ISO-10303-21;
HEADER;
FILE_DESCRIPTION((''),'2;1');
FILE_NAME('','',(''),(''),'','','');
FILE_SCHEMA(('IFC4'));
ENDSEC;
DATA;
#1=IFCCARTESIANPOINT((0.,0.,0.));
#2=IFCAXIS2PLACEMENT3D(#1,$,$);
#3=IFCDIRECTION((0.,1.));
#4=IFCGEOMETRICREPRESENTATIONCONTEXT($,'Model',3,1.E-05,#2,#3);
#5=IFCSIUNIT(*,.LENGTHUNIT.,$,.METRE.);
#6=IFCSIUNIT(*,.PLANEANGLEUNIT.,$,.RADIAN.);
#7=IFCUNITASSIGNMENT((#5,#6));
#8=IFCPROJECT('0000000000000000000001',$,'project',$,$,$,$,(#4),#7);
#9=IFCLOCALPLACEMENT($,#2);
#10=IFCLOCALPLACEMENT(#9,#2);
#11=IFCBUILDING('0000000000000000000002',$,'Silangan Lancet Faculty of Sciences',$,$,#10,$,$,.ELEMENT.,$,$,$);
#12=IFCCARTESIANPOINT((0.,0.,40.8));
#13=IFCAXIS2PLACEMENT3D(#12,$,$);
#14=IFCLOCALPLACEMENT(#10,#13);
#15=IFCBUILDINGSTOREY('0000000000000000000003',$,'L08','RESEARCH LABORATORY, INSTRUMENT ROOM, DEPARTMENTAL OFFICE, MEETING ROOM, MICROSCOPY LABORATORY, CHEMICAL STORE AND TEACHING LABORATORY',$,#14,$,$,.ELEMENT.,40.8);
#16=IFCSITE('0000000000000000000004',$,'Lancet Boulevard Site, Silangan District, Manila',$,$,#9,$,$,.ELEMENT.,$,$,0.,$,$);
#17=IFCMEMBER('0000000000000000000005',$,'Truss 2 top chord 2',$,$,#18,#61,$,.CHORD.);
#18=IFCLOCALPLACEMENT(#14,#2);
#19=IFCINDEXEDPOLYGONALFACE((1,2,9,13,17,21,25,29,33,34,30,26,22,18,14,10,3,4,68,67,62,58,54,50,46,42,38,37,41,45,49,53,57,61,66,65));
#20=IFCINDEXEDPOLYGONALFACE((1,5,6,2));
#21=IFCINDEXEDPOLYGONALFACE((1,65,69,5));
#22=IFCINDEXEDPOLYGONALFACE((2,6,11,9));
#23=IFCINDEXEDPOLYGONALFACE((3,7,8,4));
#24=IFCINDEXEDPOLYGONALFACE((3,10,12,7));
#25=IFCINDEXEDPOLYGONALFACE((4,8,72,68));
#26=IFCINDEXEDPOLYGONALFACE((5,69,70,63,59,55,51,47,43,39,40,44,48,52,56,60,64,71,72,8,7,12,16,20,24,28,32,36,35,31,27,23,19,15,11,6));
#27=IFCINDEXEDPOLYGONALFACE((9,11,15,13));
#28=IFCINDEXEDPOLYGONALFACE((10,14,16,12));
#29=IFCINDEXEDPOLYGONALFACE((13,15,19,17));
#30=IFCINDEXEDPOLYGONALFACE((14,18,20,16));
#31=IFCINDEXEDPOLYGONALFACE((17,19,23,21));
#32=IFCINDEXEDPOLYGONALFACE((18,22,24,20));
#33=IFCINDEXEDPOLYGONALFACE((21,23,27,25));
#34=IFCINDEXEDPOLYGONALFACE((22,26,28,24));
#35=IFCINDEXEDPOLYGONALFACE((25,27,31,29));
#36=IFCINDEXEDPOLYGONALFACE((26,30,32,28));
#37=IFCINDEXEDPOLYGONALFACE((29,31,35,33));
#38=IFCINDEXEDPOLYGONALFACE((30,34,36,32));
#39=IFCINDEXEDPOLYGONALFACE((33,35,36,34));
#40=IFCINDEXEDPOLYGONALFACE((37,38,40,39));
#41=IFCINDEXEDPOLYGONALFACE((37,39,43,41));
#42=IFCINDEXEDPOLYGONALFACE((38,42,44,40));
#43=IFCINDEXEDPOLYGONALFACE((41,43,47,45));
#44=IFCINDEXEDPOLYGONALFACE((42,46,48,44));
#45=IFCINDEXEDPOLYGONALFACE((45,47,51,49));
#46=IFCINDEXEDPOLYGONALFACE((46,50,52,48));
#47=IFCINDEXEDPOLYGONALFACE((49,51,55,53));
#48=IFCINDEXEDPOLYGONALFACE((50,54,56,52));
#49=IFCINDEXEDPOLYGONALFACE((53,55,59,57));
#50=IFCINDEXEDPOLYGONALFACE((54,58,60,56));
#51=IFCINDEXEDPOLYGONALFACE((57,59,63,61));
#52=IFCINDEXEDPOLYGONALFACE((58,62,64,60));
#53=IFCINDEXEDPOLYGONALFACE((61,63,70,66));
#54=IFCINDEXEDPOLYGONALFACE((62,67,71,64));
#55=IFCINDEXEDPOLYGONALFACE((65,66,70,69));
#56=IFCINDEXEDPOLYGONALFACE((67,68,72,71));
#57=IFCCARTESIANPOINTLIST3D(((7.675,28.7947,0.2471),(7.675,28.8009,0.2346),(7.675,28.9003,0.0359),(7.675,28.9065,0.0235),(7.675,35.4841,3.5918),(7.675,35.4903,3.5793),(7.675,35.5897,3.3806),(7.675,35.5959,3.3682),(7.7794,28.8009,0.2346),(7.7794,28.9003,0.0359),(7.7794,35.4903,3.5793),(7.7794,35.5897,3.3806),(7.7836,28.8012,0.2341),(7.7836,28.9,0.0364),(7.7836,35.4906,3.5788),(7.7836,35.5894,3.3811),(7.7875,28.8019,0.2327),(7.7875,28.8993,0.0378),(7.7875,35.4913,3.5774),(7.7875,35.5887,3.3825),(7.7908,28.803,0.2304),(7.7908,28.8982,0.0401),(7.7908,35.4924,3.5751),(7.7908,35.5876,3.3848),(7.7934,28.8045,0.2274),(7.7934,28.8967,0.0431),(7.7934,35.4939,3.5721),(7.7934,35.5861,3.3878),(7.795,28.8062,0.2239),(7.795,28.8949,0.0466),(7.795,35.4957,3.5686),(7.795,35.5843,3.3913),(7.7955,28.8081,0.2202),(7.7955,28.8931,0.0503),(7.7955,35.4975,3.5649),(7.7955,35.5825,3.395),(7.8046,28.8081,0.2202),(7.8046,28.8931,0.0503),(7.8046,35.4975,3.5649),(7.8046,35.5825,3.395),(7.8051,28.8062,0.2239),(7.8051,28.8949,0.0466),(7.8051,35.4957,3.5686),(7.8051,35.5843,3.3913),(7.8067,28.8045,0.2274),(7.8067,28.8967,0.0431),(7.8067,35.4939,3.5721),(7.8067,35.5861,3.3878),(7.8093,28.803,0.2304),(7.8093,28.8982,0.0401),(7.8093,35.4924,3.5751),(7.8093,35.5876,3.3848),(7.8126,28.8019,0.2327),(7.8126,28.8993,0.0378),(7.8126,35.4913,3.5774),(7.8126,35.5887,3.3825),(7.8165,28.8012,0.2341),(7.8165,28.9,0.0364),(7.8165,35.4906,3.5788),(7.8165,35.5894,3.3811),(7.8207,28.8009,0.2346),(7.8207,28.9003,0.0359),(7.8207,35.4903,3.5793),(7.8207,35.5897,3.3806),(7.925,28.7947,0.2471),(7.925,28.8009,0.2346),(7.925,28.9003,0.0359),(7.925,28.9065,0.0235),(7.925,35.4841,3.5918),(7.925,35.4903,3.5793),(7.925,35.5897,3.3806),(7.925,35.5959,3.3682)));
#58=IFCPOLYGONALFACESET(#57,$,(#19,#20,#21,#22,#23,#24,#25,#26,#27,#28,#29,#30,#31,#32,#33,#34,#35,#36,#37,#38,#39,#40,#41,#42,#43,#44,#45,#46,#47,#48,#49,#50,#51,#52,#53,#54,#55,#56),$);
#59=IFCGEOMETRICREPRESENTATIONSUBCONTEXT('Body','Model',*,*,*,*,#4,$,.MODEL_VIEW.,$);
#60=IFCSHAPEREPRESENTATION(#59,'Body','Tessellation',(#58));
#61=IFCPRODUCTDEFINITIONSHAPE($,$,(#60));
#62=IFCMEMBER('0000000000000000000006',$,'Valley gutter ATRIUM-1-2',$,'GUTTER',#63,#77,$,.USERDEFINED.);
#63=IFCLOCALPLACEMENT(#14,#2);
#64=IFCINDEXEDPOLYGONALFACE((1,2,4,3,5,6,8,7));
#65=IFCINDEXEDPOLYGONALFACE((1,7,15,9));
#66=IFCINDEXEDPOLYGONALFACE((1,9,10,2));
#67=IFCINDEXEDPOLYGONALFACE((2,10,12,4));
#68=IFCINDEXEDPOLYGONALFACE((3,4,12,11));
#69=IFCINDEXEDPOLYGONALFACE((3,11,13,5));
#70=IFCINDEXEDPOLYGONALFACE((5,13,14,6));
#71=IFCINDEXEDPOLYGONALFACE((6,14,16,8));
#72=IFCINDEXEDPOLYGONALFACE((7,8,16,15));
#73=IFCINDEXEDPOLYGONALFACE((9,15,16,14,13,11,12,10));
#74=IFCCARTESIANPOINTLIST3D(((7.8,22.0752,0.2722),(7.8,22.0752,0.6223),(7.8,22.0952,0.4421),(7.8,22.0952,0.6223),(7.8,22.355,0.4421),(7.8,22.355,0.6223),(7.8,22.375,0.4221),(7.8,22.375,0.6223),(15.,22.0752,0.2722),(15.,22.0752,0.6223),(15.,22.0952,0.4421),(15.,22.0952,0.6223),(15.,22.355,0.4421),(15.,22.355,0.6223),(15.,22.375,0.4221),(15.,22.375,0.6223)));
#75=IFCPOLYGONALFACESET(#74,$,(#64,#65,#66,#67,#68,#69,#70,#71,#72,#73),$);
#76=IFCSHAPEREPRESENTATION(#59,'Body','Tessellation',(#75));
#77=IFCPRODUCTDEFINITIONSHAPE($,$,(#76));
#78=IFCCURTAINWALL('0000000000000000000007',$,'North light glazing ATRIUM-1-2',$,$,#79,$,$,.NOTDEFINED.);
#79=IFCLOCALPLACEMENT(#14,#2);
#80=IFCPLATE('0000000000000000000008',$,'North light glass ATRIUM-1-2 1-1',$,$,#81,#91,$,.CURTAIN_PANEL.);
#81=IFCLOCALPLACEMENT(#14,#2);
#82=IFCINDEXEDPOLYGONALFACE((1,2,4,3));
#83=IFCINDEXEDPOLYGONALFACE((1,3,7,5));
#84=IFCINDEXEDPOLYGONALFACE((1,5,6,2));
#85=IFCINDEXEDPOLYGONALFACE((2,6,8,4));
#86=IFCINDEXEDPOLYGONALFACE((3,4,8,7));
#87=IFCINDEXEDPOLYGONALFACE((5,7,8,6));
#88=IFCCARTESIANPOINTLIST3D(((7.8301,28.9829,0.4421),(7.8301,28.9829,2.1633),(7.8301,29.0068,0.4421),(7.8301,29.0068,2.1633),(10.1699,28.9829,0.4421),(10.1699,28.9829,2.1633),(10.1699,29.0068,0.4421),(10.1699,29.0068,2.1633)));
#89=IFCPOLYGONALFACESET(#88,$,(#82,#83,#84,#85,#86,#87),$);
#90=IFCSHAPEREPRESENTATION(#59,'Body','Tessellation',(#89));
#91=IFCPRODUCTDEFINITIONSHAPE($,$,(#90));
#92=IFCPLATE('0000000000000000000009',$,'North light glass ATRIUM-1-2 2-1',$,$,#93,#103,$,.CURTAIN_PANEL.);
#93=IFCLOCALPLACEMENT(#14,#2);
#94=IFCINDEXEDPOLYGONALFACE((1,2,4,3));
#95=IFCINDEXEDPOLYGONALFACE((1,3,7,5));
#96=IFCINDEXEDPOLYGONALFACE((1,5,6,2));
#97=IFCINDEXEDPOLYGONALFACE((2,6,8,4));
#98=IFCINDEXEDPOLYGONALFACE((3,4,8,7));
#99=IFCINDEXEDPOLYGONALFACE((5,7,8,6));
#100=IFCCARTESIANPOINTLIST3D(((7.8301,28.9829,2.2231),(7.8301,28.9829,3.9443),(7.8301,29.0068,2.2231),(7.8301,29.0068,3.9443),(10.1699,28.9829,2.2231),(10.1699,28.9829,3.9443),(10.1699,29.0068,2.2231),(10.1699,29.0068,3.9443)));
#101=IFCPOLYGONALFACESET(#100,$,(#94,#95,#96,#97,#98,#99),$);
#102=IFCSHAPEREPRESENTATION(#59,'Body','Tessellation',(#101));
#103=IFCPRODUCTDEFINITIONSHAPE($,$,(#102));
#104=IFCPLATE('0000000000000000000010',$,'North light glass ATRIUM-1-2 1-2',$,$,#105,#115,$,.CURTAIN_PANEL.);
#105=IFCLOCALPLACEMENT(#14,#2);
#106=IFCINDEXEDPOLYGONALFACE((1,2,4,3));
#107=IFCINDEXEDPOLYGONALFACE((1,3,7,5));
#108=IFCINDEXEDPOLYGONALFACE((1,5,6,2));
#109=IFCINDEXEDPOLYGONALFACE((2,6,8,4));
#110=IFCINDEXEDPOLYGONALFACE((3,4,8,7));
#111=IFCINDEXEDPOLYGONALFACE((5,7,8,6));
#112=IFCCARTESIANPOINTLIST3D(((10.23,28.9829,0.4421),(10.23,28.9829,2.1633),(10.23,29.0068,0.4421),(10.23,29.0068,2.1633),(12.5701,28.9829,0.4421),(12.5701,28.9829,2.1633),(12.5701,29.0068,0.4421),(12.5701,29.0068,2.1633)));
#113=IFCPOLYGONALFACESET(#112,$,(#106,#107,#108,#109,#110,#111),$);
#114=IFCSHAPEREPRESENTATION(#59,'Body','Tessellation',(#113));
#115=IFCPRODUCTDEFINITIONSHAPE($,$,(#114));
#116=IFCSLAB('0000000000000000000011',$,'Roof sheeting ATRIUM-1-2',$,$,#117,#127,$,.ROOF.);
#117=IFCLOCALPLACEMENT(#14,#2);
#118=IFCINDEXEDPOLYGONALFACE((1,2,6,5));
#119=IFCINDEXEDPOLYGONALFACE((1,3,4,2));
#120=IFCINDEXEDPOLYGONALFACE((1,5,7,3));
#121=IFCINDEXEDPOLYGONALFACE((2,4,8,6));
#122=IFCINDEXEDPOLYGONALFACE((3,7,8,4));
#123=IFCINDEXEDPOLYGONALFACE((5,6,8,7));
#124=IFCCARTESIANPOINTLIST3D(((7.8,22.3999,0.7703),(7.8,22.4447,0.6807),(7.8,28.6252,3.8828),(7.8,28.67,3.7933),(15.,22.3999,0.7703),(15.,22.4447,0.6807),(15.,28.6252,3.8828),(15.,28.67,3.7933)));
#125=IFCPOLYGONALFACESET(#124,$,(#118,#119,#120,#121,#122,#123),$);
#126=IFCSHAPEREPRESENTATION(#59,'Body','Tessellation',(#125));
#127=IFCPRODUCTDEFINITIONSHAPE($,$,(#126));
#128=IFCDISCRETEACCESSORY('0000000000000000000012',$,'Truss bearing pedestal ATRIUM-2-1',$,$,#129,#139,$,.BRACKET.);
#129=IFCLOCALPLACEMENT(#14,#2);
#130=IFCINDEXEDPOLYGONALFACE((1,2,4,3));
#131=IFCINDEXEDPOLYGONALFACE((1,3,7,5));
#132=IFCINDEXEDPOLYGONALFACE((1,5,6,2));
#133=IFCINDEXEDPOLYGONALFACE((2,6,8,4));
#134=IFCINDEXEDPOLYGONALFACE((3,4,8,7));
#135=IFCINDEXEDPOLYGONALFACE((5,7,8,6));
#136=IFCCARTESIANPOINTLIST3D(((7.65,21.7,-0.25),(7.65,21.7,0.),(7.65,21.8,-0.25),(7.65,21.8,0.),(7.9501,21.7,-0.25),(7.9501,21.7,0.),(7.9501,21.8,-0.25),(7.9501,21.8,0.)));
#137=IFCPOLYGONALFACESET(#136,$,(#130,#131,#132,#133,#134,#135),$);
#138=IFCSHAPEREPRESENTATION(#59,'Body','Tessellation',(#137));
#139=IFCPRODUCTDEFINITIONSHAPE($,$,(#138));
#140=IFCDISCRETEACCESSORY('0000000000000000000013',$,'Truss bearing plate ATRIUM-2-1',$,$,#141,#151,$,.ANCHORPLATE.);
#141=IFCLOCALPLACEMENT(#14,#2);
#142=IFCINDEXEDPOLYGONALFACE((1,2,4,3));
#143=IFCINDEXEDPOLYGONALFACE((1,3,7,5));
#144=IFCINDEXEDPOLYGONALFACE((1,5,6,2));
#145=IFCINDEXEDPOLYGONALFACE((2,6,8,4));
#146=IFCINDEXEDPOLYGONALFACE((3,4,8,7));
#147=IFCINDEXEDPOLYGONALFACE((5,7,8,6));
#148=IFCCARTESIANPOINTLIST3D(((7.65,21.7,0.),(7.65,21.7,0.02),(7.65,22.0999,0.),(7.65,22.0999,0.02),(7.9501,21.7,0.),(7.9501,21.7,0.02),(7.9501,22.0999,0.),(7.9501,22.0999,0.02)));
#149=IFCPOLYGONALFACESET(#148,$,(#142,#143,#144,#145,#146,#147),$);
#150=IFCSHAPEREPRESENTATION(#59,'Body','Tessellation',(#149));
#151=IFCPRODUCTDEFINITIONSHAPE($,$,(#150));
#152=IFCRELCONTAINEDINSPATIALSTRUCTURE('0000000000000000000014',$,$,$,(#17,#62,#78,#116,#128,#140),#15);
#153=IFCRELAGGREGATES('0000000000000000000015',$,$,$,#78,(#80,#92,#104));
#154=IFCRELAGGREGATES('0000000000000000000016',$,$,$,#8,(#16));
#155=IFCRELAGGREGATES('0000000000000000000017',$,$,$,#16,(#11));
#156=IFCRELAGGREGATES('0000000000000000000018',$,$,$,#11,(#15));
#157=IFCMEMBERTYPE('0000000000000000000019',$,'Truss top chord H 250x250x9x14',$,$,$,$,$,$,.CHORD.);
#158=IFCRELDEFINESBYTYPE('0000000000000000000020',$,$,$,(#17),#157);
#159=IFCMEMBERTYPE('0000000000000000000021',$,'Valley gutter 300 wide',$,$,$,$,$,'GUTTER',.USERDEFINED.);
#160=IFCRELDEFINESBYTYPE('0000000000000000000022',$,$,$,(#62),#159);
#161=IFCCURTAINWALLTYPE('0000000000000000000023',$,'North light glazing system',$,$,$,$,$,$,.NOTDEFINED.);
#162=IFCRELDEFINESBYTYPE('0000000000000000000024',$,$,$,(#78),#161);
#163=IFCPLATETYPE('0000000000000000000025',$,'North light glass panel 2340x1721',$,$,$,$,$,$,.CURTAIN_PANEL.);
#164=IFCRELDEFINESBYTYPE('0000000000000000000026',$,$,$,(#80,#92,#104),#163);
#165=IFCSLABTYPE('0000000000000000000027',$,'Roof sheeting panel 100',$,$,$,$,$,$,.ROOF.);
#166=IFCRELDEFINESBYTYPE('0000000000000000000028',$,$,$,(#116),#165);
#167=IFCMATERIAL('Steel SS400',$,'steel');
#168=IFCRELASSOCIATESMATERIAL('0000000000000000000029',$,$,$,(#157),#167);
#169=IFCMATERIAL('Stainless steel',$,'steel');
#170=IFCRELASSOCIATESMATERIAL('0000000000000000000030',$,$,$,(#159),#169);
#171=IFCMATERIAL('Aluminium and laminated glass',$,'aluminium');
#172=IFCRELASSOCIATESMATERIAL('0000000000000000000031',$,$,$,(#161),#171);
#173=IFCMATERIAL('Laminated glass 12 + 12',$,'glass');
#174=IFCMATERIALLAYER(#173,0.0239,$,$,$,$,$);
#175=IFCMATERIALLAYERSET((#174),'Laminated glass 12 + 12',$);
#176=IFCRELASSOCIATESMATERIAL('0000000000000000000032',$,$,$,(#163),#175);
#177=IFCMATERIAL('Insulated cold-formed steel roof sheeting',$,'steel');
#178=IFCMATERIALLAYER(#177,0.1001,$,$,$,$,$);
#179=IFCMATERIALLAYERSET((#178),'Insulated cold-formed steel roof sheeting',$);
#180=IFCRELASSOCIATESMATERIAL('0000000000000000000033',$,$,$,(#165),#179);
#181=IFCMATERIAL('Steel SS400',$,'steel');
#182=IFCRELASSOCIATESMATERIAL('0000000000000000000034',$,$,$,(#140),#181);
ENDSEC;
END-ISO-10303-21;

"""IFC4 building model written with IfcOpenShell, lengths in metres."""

from ifc_helpers import new_model, si_unit, direction, frame, origin, origin_2d, place, context, subcontext, project, spatial, polyline, rectangle, i_section, outline, extrude, material, layer, layer_set, material_profile, profile_set, type_object, element, aggregate, save


model = new_model("IFC4")

# Units and contexts
model_context = context("Model", 3, precision=1e-05, world=origin(), true_north=direction((0.0, 1.0)))
body_context = subcontext(model_context, "Body", "Model", "MODEL_VIEW")
ifc_project = project(units=[si_unit("LENGTHUNIT", "METRE"), si_unit("PLANEANGLEUNIT", "RADIAN")], contexts=[model_context])

# Site, building, storey
site_placement = place(None, origin())
site = spatial("IfcSite", under=ifc_project, at=site_placement, Name="Lancet Boulevard Site, Silangan District, Manila", CompositionType="ELEMENT", RefElevation=0.0)
building_placement = place(site_placement, origin())
building = spatial("IfcBuilding", under=site, at=building_placement, Name="Silangan Lancet Faculty of Sciences", CompositionType="ELEMENT")
storey_placement = place(building_placement, frame((0.0, 0.0, 40.8)))
storey = spatial("IfcBuildingStorey", under=building, at=storey_placement, Name="L08", Description="RESEARCH LABORATORY, INSTRUMENT ROOM, DEPARTMENTAL OFFICE, MEETING ROOM, MICROSCOPY LABORATORY, CHEMICAL STORE AND TEACHING LABORATORY", CompositionType="ELEMENT", Elevation=40.8)

# Members
ifc_material_1 = material(Name="Steel SS400", Category="steel")
ifc_material_profile_1 = material_profile(ifc_material_1, i_section(OverallWidth=0.25, OverallDepth=0.25, WebThickness=0.009, FlangeThickness=0.0139, FilletRadius=0.0161, at=origin_2d()), Name="H 250x250x9x14")
ifc_profile_set_1 = profile_set([ifc_material_profile_1], Name="Steel SS400")
member_type_1 = type_object("IfcMemberType", Name="Truss top chord H 250x250x9x14", PredefinedType="CHORD", material=ifc_profile_set_1)
for number, where, z_axis, x_axis, name in (
    (1, (7.8, 28.8506, 0.1353), (0.0, 0.894427, 0.447214), (-1.0, 0.0, 0.0), "Truss 2 top chord 2"),
):
    element("IfcMember", number, at=place(storey_placement, frame(where, z_axis=z_axis, x_axis=x_axis)), inside=storey, type_object=member_type_1, Name=name, PredefinedType="CHORD", context=body_context, shape_type="SweptSolid", body=[
        extrude(i_section(OverallWidth=0.25, OverallDepth=0.25, WebThickness=0.009, FlangeThickness=0.0139, FilletRadius=0.0161, at=origin_2d()), origin(), (0.0, 0.0, 1.0), 7.479),
    ])
ifc_material_2 = material(Name="Stainless steel", Category="steel")
ifc_material_profile_2 = material_profile(ifc_material_2, outline(polyline([(-0.1499, 0.0), (0.1499, 0.1499), (0.1499, 0.3501), (0.1299, 0.3501), (0.1299, 0.1699), (-0.1299, 0.1699), (-0.1299, 0.3501), (-0.1499, 0.3501), (-0.1499, 0.0)])), Name="valley gutter")
ifc_profile_set_2 = profile_set([ifc_material_profile_2], Name="Stainless steel")
member_type_2 = type_object("IfcMemberType", Name="Valley gutter 300 wide", ElementType="GUTTER", PredefinedType="USERDEFINED", material=ifc_profile_set_2)
member_1_placement = place(storey_placement, frame((7.8, 22.2251, 0.2722), z_axis=(1.0, 0.0, 0.0), x_axis=(0.0, 1.0, 0.0)))
element("IfcMember", 2, at=member_1_placement, inside=storey, type_object=member_type_2, Name="Valley gutter ATRIUM-1-2", ObjectType="GUTTER", PredefinedType="USERDEFINED", context=body_context, shape_type="SweptSolid", body=[
    extrude(outline(polyline([(-0.1499, 0.0), (0.1499, 0.1499), (0.1499, 0.3501), (0.1299, 0.3501), (0.1299, 0.1699), (-0.1299, 0.1699), (-0.1299, 0.3501), (-0.1499, 0.3501), (-0.1499, 0.0)])), origin(), (0.0, 0.0, 1.0), 7.2),
])

# Curtain wall, plates
ifc_material_3 = material(Name="Aluminium and laminated glass", Category="aluminium")
curtain_wall_type = type_object("IfcCurtainWallType", Name="North light glazing system", PredefinedType="NOTDEFINED", material=ifc_material_3)
curtain_wall_placement = place(storey_placement, origin())
curtain_wall = element("IfcCurtainWall", 3, at=curtain_wall_placement, inside=storey, type_object=curtain_wall_type, Name="North light glazing ATRIUM-1-2", PredefinedType="NOTDEFINED")
ifc_material_4 = material(Name="Laminated glass 12 + 12", Category="glass")
ifc_layer_1 = layer(ifc_material_4, 0.0239)
ifc_layer_set_1 = layer_set([ifc_layer_1], Name="Laminated glass 12 + 12")
plate_type = type_object("IfcPlateType", Name="North light glass panel 2340x1721", PredefinedType="CURTAIN_PANEL", material=ifc_layer_set_1)
plate_1_placement = place(storey_placement, frame((7.8301, 28.9829, 0.4421), z_axis=(0.0, -1.0, 0.0), x_axis=(1.0, 0.0, 0.0)))
plate_1 = element("IfcPlate", 4, at=plate_1_placement, type_object=plate_type, Name="North light glass ATRIUM-1-2 1-1", PredefinedType="CURTAIN_PANEL", context=body_context, shape_type="SweptSolid", body=[
    extrude(outline(polyline([(0.0, 0.0), (2.3398, 0.0), (2.3398, 1.7212), (0.0, 1.7212), (0.0, 0.0)])), origin(), (0.0, 0.0, -1.0), 0.0239),
])
plate_2_placement = place(storey_placement, frame((7.8301, 28.9829, 2.2231), z_axis=(0.0, -1.0, 0.0), x_axis=(1.0, 0.0, 0.0)))
plate_2 = element("IfcPlate", 5, at=plate_2_placement, type_object=plate_type, Name="North light glass ATRIUM-1-2 2-1", PredefinedType="CURTAIN_PANEL", context=body_context, shape_type="SweptSolid", body=[
    extrude(outline(polyline([(0.0, 0.0), (2.3398, 0.0), (2.3398, 1.7212), (0.0, 1.7212), (0.0, 0.0)])), origin(), (0.0, 0.0, -1.0), 0.0239),
])
plate_3_placement = place(storey_placement, frame((10.23, 28.9829, 0.4421), z_axis=(0.0, -1.0, 0.0), x_axis=(1.0, 0.0, 0.0)))
plate_3 = element("IfcPlate", 6, at=plate_3_placement, type_object=plate_type, Name="North light glass ATRIUM-1-2 1-2", PredefinedType="CURTAIN_PANEL", context=body_context, shape_type="SweptSolid", body=[
    extrude(outline(polyline([(0.0, 0.0), (2.3401, 0.0), (2.3401, 1.7212), (0.0, 1.7212), (0.0, 0.0)])), origin(), (0.0, 0.0, -1.0), 0.0239),
])
aggregate(curtain_wall, [plate_1, plate_2, plate_3])

# Slab
ifc_material_5 = material(Name="Insulated cold-formed steel roof sheeting", Category="steel")
ifc_layer_2 = layer(ifc_material_5, 0.1001)
ifc_layer_set_2 = layer_set([ifc_layer_2], Name="Insulated cold-formed steel roof sheeting")
slab_type = type_object("IfcSlabType", Name="Roof sheeting panel 100", PredefinedType="ROOF", material=ifc_layer_set_2)
slab_placement = place(storey_placement, frame((7.8, 22.3999, 0.7703), z_axis=(0.0, -0.4472, 0.894434), x_axis=(1.0, 0.0, 0.0)))
element("IfcSlab", 7, at=slab_placement, inside=storey, type_object=slab_type, Name="Roof sheeting ATRIUM-1-2", PredefinedType="ROOF", context=body_context, shape_type="SweptSolid", body=[
    extrude(outline(polyline([(0.0, 0.0), (7.2, 0.0), (7.2, 6.9601), (0.0, 6.9601), (0.0, 0.0)])), origin(), (0.0, 0.0, -1.0), 0.1001),
])

# Discrete accessories
discrete_accessory_1_placement = place(storey_placement, frame((7.8, 21.75, -0.25), z_axis=(0.0, 0.0, 1.0), x_axis=(1.0, 0.0, 0.0)))
element("IfcDiscreteAccessory", 8, at=discrete_accessory_1_placement, inside=storey, Name="Truss bearing pedestal ATRIUM-2-1", PredefinedType="BRACKET", context=body_context, shape_type="SweptSolid", body=[
    extrude(rectangle(XDim=0.3, YDim=0.1001, at=origin_2d()), origin(), (0.0, 0.0, 1.0), 0.25),
])
ifc_material_6 = material(Name="Steel SS400", Category="steel")
discrete_accessory_2_placement = place(storey_placement, frame((7.8, 21.8999, 0.0), z_axis=(0.0, 0.0, 1.0), x_axis=(1.0, 0.0, 0.0)))
element("IfcDiscreteAccessory", 9, at=discrete_accessory_2_placement, inside=storey, material=ifc_material_6, Name="Truss bearing plate ATRIUM-2-1", PredefinedType="ANCHORPLATE", context=body_context, shape_type="SweptSolid", body=[
    extrude(rectangle(XDim=0.3, YDim=0.3999, at=origin_2d()), origin(), (0.0, 0.0, 1.0), 0.02),
])

save(model, "model.ifc")
